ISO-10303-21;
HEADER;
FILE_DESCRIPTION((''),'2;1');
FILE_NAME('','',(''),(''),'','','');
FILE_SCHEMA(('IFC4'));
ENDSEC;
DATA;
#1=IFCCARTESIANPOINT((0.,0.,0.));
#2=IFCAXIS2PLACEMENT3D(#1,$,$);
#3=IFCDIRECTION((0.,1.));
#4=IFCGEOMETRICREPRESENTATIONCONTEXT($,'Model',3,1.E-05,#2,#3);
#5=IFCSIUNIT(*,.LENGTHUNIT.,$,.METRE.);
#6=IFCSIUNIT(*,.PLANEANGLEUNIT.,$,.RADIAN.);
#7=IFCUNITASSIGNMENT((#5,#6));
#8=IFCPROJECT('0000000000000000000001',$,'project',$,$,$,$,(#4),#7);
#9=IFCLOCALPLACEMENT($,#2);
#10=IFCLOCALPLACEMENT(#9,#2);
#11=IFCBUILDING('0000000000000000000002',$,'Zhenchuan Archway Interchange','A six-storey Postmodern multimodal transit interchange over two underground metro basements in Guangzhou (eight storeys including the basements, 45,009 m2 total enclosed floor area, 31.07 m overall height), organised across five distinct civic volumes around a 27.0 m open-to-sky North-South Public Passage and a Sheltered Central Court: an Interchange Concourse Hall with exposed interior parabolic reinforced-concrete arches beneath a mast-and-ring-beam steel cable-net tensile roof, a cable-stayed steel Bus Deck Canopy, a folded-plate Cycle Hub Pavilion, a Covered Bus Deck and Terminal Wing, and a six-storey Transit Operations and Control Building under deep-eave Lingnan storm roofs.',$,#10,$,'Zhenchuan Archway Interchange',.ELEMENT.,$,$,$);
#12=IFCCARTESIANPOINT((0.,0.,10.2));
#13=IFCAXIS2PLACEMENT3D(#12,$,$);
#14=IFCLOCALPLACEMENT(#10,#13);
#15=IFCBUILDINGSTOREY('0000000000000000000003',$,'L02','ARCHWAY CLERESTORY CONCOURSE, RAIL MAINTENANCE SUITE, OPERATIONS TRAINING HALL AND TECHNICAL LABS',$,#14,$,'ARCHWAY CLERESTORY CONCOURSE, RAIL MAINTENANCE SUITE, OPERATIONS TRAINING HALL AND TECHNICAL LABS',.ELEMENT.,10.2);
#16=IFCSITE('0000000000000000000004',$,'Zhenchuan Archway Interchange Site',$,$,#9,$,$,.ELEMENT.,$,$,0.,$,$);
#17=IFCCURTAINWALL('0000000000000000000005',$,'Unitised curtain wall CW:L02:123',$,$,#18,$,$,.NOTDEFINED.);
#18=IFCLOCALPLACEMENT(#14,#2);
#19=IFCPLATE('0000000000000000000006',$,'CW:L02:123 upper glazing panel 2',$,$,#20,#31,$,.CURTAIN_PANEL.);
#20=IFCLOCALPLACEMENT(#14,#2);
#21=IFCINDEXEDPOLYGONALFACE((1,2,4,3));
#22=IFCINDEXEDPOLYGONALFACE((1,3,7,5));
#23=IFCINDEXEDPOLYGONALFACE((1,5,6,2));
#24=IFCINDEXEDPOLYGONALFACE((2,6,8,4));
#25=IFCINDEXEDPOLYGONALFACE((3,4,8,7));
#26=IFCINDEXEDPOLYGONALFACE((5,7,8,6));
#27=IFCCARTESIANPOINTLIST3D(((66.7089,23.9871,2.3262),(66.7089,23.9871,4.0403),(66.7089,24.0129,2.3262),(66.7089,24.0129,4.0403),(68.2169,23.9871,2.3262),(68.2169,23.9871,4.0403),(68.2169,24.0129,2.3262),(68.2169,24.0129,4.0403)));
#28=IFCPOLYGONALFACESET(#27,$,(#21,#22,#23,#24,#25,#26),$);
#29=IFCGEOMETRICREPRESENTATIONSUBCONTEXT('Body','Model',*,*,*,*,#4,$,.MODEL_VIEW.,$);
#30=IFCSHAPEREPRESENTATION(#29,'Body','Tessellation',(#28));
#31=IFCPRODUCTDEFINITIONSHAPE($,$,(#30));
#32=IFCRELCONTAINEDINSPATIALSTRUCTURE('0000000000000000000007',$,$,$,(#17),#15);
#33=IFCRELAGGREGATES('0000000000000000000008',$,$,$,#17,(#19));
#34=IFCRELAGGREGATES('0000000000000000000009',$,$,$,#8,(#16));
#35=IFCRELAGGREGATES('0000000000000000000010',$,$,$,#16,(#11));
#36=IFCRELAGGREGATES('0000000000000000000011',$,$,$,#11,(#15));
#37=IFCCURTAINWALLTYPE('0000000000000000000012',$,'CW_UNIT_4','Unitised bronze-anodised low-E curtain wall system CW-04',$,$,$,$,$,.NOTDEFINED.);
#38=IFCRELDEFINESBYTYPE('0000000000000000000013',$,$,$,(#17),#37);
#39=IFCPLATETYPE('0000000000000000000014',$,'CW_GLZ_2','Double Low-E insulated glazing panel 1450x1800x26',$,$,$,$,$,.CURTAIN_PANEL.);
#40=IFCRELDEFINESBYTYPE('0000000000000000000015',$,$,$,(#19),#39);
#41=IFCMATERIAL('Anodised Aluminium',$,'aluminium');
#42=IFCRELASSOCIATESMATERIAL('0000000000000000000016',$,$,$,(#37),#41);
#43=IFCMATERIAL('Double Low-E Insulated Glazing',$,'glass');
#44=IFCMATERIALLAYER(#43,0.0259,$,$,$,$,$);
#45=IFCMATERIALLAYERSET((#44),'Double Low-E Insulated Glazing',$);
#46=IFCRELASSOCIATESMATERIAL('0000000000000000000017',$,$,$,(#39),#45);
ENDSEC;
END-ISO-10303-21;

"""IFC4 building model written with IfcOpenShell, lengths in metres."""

from ifc_helpers import new_model, si_unit, direction, frame, origin, origin_2d, place, context, subcontext, project, spatial, rectangle, extrude, material, layer, layer_set, type_object, element, aggregate, save


model = new_model("IFC4")

# Units and contexts
model_context = context("Model", 3, precision=1e-05, world=origin(), true_north=direction((0.0, 1.0)))
body_context = subcontext(model_context, "Body", "Model", "MODEL_VIEW")
ifc_project = project(units=[si_unit("LENGTHUNIT", "METRE"), si_unit("PLANEANGLEUNIT", "RADIAN")], contexts=[model_context])

# Site, building, storey
site_placement = place(None, origin())
site = spatial("IfcSite", under=ifc_project, at=site_placement, Name="Zhenchuan Archway Interchange Site", CompositionType="ELEMENT", RefElevation=0.0)
building_placement = place(site_placement, origin())
building = spatial("IfcBuilding", under=site, at=building_placement, Name="Zhenchuan Archway Interchange", Description="A six-storey Postmodern multimodal transit interchange over two underground metro basements in Guangzhou (eight storeys including the basements, 45,009 m2 total enclosed floor area, 31.07 m overall height), organised across five distinct civic volumes around a 27.0 m open-to-sky North-South Public Passage and a Sheltered Central Court: an Interchange Concourse Hall with exposed interior parabolic reinforced-concrete arches beneath a mast-and-ring-beam steel cable-net tensile roof, a cable-stayed steel Bus Deck Canopy, a folded-plate Cycle Hub Pavilion, a Covered Bus Deck and Terminal Wing, and a six-storey Transit Operations and Control Building under deep-eave Lingnan storm roofs.", LongName="Zhenchuan Archway Interchange", CompositionType="ELEMENT")
storey_placement = place(building_placement, frame((0.0, 0.0, 10.2)))
storey = spatial("IfcBuildingStorey", under=building, at=storey_placement, Name="L02", Description="ARCHWAY CLERESTORY CONCOURSE, RAIL MAINTENANCE SUITE, OPERATIONS TRAINING HALL AND TECHNICAL LABS", LongName="ARCHWAY CLERESTORY CONCOURSE, RAIL MAINTENANCE SUITE, OPERATIONS TRAINING HALL AND TECHNICAL LABS", CompositionType="ELEMENT", Elevation=10.2)

# Curtain wall
ifc_material_1 = material(Name="Anodised Aluminium", Category="aluminium")
curtain_wall_type = type_object("IfcCurtainWallType", Name="CW_UNIT_4", Description="Unitised bronze-anodised low-E curtain wall system CW-04", PredefinedType="NOTDEFINED", material=ifc_material_1)
curtain_wall_placement = place(storey_placement, origin())
curtain_wall = element("IfcCurtainWall", 1, at=curtain_wall_placement, inside=storey, type_object=curtain_wall_type, Name="Unitised curtain wall CW:L02:123", PredefinedType="NOTDEFINED")

# Plate
ifc_material_2 = material(Name="Double Low-E Insulated Glazing", Category="glass")
ifc_layer_1 = layer(ifc_material_2, 0.0259)
ifc_layer_set_1 = layer_set([ifc_layer_1], Name="Double Low-E Insulated Glazing")
plate_type_1 = type_object("IfcPlateType", Name="CW_GLZ_2", Description="Double Low-E insulated glazing panel 1450x1800x26", PredefinedType="CURTAIN_PANEL", material=ifc_layer_set_1)
plate_1_placement = place(storey_placement, frame((67.4629, 24.0, 2.3262), z_axis=(0.0, 0.0, 1.0), x_axis=(-1.0, 0.0, 0.0)))
plate_1 = element("IfcPlate", 2, at=plate_1_placement, type_object=plate_type_1, Name="CW:L02:123 upper glazing panel 2", PredefinedType="CURTAIN_PANEL", context=body_context, shape_type="SweptSolid", body=[
    extrude(rectangle(XDim=1.5081, YDim=0.0259, at=origin_2d()), origin(), (0.0, 0.0, 1.0), 1.7141),
])
aggregate(curtain_wall, [plate_1])

save(model, "model.ifc")
